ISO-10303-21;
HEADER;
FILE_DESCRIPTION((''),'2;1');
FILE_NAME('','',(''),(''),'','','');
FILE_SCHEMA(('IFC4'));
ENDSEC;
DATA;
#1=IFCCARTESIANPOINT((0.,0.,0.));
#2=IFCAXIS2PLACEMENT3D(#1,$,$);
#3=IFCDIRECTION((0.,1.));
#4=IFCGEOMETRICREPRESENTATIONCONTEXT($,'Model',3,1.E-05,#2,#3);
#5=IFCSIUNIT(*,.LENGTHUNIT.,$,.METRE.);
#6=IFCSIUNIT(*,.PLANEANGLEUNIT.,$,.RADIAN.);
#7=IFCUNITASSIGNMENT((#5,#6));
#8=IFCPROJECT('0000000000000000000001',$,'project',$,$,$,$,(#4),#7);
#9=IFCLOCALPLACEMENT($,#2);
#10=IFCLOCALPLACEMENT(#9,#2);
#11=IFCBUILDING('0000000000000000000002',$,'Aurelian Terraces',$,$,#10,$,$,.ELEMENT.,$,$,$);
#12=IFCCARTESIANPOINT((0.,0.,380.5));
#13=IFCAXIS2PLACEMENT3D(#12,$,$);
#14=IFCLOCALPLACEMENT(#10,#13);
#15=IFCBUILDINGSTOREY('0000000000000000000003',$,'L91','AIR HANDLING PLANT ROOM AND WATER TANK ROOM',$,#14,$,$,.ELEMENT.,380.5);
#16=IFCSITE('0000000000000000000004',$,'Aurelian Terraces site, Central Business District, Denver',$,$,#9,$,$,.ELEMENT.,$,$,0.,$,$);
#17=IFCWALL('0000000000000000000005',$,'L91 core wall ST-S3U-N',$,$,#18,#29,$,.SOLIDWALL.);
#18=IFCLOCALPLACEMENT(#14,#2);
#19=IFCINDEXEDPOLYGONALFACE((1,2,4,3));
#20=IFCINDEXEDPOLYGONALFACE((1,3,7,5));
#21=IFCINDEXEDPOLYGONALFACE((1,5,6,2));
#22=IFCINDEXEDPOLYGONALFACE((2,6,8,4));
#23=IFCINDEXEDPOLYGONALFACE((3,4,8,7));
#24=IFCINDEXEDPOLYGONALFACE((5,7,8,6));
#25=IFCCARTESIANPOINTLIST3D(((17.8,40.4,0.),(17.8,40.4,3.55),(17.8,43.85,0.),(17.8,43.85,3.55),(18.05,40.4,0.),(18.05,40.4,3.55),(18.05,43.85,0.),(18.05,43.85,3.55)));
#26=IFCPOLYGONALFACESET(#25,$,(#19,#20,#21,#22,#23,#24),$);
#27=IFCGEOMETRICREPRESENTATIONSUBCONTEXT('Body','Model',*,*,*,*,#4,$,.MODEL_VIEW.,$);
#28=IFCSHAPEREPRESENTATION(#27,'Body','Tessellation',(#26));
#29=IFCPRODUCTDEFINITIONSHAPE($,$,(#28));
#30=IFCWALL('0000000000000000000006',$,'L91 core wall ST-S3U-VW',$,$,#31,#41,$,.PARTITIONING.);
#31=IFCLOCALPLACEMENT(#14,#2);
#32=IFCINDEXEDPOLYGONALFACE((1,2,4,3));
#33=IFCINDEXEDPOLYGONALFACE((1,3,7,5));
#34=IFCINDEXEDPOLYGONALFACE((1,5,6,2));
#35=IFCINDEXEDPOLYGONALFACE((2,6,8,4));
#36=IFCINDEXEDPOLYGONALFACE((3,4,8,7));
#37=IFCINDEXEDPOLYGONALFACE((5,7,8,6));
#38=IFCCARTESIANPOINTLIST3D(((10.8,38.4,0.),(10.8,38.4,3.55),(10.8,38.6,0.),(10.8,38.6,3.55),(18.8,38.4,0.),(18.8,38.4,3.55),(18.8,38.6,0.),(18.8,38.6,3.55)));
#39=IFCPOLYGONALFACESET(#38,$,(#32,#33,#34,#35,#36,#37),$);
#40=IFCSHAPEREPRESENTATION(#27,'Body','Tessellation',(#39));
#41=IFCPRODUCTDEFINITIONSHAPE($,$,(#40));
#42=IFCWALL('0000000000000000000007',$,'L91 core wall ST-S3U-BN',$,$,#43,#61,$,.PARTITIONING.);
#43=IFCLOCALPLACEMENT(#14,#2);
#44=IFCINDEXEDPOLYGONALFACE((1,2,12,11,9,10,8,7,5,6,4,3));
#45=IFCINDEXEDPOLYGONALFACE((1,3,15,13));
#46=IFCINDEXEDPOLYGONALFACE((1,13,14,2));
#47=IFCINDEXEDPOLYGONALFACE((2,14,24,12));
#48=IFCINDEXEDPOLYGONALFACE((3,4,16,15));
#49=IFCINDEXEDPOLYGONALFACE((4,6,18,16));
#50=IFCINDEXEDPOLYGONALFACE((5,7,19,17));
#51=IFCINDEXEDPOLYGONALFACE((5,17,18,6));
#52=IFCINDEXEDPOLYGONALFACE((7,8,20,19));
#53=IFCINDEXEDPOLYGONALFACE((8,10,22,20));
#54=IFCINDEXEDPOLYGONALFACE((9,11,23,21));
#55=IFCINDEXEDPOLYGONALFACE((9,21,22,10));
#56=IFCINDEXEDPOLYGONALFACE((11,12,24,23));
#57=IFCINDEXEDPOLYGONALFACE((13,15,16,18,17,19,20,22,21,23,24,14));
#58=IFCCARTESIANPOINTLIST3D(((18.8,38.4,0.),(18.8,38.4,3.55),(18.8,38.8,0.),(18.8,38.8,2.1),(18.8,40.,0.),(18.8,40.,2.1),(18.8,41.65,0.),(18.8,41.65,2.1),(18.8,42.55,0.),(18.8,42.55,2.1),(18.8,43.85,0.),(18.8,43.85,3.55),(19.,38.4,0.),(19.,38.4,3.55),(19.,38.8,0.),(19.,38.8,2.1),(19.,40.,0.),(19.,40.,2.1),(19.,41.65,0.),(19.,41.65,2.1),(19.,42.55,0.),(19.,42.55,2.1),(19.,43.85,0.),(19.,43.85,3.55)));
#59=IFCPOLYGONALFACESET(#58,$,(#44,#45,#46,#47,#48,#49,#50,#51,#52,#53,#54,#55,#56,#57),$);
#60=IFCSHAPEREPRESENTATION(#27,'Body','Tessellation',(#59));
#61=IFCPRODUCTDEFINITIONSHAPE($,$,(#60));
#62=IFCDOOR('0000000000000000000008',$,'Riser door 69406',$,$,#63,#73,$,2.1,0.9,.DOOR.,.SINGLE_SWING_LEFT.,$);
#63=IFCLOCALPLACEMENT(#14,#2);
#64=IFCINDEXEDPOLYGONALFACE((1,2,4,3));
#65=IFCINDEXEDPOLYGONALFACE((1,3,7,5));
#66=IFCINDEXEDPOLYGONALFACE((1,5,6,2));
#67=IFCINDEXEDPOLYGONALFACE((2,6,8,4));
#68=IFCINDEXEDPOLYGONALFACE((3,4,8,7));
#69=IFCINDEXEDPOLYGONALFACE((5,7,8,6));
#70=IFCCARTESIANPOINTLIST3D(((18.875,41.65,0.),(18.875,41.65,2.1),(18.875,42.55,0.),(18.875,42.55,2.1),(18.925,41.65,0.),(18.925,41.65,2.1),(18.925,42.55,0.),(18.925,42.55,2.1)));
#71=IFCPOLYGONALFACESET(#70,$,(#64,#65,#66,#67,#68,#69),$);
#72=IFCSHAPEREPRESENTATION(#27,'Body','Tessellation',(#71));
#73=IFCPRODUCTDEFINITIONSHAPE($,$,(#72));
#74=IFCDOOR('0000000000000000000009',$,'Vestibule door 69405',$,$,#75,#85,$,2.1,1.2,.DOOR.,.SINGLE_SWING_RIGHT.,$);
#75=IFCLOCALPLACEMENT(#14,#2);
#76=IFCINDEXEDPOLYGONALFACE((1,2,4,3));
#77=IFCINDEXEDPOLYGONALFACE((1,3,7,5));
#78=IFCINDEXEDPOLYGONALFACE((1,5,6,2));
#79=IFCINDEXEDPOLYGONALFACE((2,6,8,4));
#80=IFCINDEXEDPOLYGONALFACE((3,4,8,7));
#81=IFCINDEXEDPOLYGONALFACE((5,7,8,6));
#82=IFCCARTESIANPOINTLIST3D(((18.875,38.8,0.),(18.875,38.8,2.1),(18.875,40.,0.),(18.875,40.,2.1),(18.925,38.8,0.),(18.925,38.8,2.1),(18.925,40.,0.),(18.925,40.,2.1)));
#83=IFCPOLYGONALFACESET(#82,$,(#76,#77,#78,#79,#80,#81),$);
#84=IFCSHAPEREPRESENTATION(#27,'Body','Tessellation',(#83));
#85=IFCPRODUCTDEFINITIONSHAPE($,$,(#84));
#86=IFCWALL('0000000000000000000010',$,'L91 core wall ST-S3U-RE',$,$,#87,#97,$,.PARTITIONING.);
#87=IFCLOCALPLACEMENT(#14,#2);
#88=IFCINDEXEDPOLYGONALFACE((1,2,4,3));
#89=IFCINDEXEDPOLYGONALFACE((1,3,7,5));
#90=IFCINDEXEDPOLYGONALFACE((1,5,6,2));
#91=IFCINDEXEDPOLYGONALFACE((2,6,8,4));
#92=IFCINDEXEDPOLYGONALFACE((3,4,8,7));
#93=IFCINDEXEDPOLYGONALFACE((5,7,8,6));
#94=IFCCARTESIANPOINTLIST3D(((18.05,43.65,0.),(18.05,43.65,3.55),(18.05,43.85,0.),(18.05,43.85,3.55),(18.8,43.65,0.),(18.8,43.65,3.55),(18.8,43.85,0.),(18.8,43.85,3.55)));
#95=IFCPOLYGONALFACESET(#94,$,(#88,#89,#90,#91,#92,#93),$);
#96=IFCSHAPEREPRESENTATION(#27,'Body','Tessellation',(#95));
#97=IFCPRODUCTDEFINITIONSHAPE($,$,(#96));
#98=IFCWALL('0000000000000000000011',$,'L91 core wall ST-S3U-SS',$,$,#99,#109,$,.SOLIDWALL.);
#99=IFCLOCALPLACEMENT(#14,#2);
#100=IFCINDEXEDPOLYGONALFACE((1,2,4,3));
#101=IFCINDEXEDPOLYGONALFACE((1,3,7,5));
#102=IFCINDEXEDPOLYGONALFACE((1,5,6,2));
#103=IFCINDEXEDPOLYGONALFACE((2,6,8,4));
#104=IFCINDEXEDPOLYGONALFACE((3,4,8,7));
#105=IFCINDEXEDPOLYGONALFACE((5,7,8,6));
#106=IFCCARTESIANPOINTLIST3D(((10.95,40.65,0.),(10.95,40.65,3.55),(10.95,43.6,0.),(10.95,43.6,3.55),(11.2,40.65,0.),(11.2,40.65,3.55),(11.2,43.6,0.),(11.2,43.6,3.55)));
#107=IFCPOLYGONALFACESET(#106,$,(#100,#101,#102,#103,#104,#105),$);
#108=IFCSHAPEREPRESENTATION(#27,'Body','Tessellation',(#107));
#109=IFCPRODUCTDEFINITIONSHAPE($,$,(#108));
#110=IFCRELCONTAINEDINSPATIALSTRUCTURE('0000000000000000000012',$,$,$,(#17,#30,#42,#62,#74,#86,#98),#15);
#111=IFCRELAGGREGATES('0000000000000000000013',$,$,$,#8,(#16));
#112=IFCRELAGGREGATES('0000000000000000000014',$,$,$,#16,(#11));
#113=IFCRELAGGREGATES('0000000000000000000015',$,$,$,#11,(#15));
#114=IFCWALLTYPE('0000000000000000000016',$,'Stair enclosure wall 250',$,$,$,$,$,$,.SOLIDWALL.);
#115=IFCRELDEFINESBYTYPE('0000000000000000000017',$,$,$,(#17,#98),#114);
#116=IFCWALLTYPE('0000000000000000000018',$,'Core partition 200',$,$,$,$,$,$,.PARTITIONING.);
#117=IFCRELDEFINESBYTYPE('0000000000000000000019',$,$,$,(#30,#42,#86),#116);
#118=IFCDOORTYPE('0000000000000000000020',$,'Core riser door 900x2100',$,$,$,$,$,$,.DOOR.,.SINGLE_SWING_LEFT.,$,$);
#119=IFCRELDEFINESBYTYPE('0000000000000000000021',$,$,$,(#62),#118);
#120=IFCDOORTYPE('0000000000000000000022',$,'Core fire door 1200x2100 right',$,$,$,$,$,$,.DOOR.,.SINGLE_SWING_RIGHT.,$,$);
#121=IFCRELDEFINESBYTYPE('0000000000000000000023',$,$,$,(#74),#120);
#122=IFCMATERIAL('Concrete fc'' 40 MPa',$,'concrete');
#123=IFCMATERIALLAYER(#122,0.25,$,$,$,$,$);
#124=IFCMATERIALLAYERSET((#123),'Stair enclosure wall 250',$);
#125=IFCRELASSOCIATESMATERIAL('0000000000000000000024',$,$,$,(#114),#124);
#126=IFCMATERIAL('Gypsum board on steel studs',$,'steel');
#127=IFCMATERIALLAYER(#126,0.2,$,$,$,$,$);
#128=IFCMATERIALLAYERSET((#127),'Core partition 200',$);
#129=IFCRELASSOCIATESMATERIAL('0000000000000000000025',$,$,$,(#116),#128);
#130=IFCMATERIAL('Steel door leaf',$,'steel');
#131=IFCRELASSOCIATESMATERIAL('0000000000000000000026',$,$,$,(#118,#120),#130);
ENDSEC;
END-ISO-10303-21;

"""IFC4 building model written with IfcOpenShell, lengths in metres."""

from ifc_helpers import new_model, si_unit, direction, frame, frame_2d, origin, place, context, subcontext, project, spatial, rectangle, extrude, source, transform, mapped, material, layer, layer_set, type_object, element, fill, save


model = new_model("IFC4")

# Units and contexts
model_context = context("Model", 3, precision=1e-05, world=origin(), true_north=direction((0.0, 1.0)))
body_context = subcontext(model_context, "Body", "Model", "MODEL_VIEW")
ifc_project = project(units=[si_unit("LENGTHUNIT", "METRE"), si_unit("PLANEANGLEUNIT", "RADIAN")], contexts=[model_context])

# Site, building, storey
site_placement = place(None, origin())
site = spatial("IfcSite", under=ifc_project, at=site_placement, Name="Aurelian Terraces site, Central Business District, Denver", CompositionType="ELEMENT", RefElevation=0.0)
building_placement = place(site_placement, origin())
building = spatial("IfcBuilding", under=site, at=building_placement, Name="Aurelian Terraces", CompositionType="ELEMENT")
storey_placement = place(building_placement, frame((0.0, 0.0, 380.5)))
storey = spatial("IfcBuildingStorey", under=building, at=storey_placement, Name="L91", Description="AIR HANDLING PLANT ROOM AND WATER TANK ROOM", CompositionType="ELEMENT", Elevation=380.5)

# Shared definitions
ifc_material_1 = material(Name="Concrete fc' 40 MPa", Category="concrete")

# Shared definitions
ifc_layer_1 = layer(ifc_material_1, 0.25)
ifc_layer_set_1 = layer_set([ifc_layer_1], Name="Stair enclosure wall 250")
wall_type_1 = type_object("IfcWallType", Name="Stair enclosure wall 250", PredefinedType="SOLIDWALL", material=ifc_layer_set_1)
ifc_material_2 = material(Name="Steel door leaf", Category="steel")

# Walls
shared_shape_1 = source(origin(), body_context, "Body", "SweptSolid", [
    extrude(rectangle(XDim=3.45, YDim=0.25, at=frame_2d((1.725, 0.0))), origin(), (0.0, 0.0, 1.0), 3.55),
])
wall_1_placement = place(storey_placement, frame((17.925, 40.4, 0.0), z_axis=(0.0, 0.0, 1.0), x_axis=(0.0, 1.0, 0.0)))
element("IfcWall", 1, at=wall_1_placement, inside=storey, type_object=wall_type_1, Name="L91 core wall ST-S3U-N", PredefinedType="SOLIDWALL", context=body_context, shape_type="MappedRepresentation", body=[
    mapped(shared_shape_1, transform((0.0, 0.0, 0.0), scale=1.0)),
])
ifc_material_3 = material(Name="Gypsum board on steel studs", Category="steel")
ifc_layer_2 = layer(ifc_material_3, 0.2)
ifc_layer_set_2 = layer_set([ifc_layer_2], Name="Core partition 200")
wall_type_2 = type_object("IfcWallType", Name="Core partition 200", PredefinedType="PARTITIONING", material=ifc_layer_set_2)
shared_shape_2 = source(origin(), body_context, "Body", "SweptSolid", [
    extrude(rectangle(XDim=8.0, YDim=0.2, at=frame_2d((4.0, 0.0))), origin(), (0.0, 0.0, 1.0), 3.55),
])
wall_2_placement = place(storey_placement, frame((10.8, 38.5, 0.0), z_axis=(0.0, 0.0, 1.0), x_axis=(1.0, 0.0, 0.0)))
element("IfcWall", 2, at=wall_2_placement, inside=storey, type_object=wall_type_2, Name="L91 core wall ST-S3U-VW", PredefinedType="PARTITIONING", context=body_context, shape_type="MappedRepresentation", body=[
    mapped(shared_shape_2, transform((0.0, 0.0, 0.0), scale=1.0)),
])

# Wall, openings, doors
shared_shape_3 = source(origin(), body_context, "Body", "SweptSolid", [
    extrude(rectangle(XDim=5.45, YDim=0.2, at=frame_2d((2.725, 0.0))), origin(), (0.0, 0.0, 1.0), 3.55),
])
wall_3_placement = place(storey_placement, frame((18.9, 38.4, 0.0), z_axis=(0.0, 0.0, 1.0), x_axis=(0.0, 1.0, 0.0)))
wall_3 = element("IfcWall", 3, at=wall_3_placement, inside=storey, type_object=wall_type_2, Name="L91 core wall ST-S3U-BN", PredefinedType="PARTITIONING", context=body_context, shape_type="MappedRepresentation", body=[
    mapped(shared_shape_3, transform((0.0, 0.0, 0.0), scale=1.0)),
])
shared_shape_4 = source(origin(), body_context, "Body", "SweptSolid", [
    extrude(rectangle(XDim=1.2, YDim=2.1, at=frame_2d((0.6, 1.05))), frame((0.0, 0.11, 0.0), z_axis=(0.0, -1.0, 0.0), x_axis=(1.0, 0.0, 0.0)), (0.0, 0.0, 1.0), 0.22),
])
opening_1_placement = place(wall_3_placement, frame((0.4, 0.0, 0.0)))
opening_1 = element("IfcOpeningElement", 4, at=opening_1_placement, cuts=wall_3, PredefinedType="OPENING", context=body_context, shape_type="MappedRepresentation", body=[
    mapped(shared_shape_4, transform((0.0, 0.0, 0.0), scale=1.0)),
])
shared_shape_5 = source(origin(), body_context, "Body", "SweptSolid", [
    extrude(rectangle(XDim=0.9, YDim=2.1, at=frame_2d((0.45, 1.05))), frame((0.0, 0.11, 0.0), z_axis=(0.0, -1.0, 0.0), x_axis=(1.0, 0.0, 0.0)), (0.0, 0.0, 1.0), 0.22),
])
opening_2_placement = place(wall_3_placement, frame((3.25, 0.0, 0.0)))
opening_2 = element("IfcOpeningElement", 5, at=opening_2_placement, cuts=wall_3, PredefinedType="OPENING", context=body_context, shape_type="MappedRepresentation", body=[
    mapped(shared_shape_5, transform((0.0, 0.0, 0.0), scale=1.0)),
])
door_type_1 = type_object("IfcDoorType", Name="Core riser door 900x2100", OperationType="SINGLE_SWING_LEFT", PredefinedType="DOOR", material=ifc_material_2)
shared_shape_6 = source(origin(), body_context, "Body", "SweptSolid", [
    extrude(rectangle(XDim=0.9, YDim=2.1, at=frame_2d((0.45, 1.05))), frame((0.0, 0.025, 0.0), z_axis=(0.0, -1.0, 0.0), x_axis=(1.0, 0.0, 0.0)), (0.0, 0.0, 1.0), 0.05),
])
door_1_placement = place(opening_2_placement, origin())
door_1 = element("IfcDoor", 6, at=door_1_placement, inside=storey, type_object=door_type_1, Name="Riser door 69406", OperationType="SINGLE_SWING_LEFT", OverallHeight=2.1, OverallWidth=0.9, PredefinedType="DOOR", context=body_context, shape_type="MappedRepresentation", body=[
    mapped(shared_shape_6, transform((0.0, 0.0, 0.0), scale=1.0)),
])
fill(opening_2, door_1)
door_type_2 = type_object("IfcDoorType", Name="Core fire door 1200x2100 right", OperationType="SINGLE_SWING_RIGHT", PredefinedType="DOOR", material=ifc_material_2)
shared_shape_7 = source(origin(), body_context, "Body", "SweptSolid", [
    extrude(rectangle(XDim=1.2, YDim=2.1, at=frame_2d((0.6, 1.05))), frame((0.0, 0.025, 0.0), z_axis=(0.0, -1.0, 0.0), x_axis=(1.0, 0.0, 0.0)), (0.0, 0.0, 1.0), 0.05),
])
door_2_placement = place(opening_1_placement, origin())
door_2 = element("IfcDoor", 7, at=door_2_placement, inside=storey, type_object=door_type_2, Name="Vestibule door 69405", OperationType="SINGLE_SWING_RIGHT", OverallHeight=2.1, OverallWidth=1.2, PredefinedType="DOOR", context=body_context, shape_type="MappedRepresentation", body=[
    mapped(shared_shape_7, transform((0.0, 0.0, 0.0), scale=1.0)),
])
fill(opening_1, door_2)

# Walls
shared_shape_8 = source(origin(), body_context, "Body", "SweptSolid", [
    extrude(rectangle(XDim=0.75, YDim=0.2, at=frame_2d((0.375, 0.0))), origin(), (0.0, 0.0, 1.0), 3.55),
])
wall_4_placement = place(storey_placement, frame((18.05, 43.75, 0.0), z_axis=(0.0, 0.0, 1.0), x_axis=(1.0, 0.0, 0.0)))
element("IfcWall", 8, at=wall_4_placement, inside=storey, type_object=wall_type_2, Name="L91 core wall ST-S3U-RE", PredefinedType="PARTITIONING", context=body_context, shape_type="MappedRepresentation", body=[
    mapped(shared_shape_8, transform((0.0, 0.0, 0.0), scale=1.0)),
])
shared_shape_9 = source(origin(), body_context, "Body", "SweptSolid", [
    extrude(rectangle(XDim=2.95, YDim=0.25, at=frame_2d((1.475, 0.0))), origin(), (0.0, 0.0, 1.0), 3.55),
])
wall_5_placement = place(storey_placement, frame((11.075, 40.65, 0.0), z_axis=(0.0, 0.0, 1.0), x_axis=(0.0, 1.0, 0.0)))
element("IfcWall", 9, at=wall_5_placement, inside=storey, type_object=wall_type_1, Name="L91 core wall ST-S3U-SS", PredefinedType="SOLIDWALL", context=body_context, shape_type="MappedRepresentation", body=[
    mapped(shared_shape_9, transform((0.0, 0.0, 0.0), scale=1.0)),
])

save(model, "model.ifc")
